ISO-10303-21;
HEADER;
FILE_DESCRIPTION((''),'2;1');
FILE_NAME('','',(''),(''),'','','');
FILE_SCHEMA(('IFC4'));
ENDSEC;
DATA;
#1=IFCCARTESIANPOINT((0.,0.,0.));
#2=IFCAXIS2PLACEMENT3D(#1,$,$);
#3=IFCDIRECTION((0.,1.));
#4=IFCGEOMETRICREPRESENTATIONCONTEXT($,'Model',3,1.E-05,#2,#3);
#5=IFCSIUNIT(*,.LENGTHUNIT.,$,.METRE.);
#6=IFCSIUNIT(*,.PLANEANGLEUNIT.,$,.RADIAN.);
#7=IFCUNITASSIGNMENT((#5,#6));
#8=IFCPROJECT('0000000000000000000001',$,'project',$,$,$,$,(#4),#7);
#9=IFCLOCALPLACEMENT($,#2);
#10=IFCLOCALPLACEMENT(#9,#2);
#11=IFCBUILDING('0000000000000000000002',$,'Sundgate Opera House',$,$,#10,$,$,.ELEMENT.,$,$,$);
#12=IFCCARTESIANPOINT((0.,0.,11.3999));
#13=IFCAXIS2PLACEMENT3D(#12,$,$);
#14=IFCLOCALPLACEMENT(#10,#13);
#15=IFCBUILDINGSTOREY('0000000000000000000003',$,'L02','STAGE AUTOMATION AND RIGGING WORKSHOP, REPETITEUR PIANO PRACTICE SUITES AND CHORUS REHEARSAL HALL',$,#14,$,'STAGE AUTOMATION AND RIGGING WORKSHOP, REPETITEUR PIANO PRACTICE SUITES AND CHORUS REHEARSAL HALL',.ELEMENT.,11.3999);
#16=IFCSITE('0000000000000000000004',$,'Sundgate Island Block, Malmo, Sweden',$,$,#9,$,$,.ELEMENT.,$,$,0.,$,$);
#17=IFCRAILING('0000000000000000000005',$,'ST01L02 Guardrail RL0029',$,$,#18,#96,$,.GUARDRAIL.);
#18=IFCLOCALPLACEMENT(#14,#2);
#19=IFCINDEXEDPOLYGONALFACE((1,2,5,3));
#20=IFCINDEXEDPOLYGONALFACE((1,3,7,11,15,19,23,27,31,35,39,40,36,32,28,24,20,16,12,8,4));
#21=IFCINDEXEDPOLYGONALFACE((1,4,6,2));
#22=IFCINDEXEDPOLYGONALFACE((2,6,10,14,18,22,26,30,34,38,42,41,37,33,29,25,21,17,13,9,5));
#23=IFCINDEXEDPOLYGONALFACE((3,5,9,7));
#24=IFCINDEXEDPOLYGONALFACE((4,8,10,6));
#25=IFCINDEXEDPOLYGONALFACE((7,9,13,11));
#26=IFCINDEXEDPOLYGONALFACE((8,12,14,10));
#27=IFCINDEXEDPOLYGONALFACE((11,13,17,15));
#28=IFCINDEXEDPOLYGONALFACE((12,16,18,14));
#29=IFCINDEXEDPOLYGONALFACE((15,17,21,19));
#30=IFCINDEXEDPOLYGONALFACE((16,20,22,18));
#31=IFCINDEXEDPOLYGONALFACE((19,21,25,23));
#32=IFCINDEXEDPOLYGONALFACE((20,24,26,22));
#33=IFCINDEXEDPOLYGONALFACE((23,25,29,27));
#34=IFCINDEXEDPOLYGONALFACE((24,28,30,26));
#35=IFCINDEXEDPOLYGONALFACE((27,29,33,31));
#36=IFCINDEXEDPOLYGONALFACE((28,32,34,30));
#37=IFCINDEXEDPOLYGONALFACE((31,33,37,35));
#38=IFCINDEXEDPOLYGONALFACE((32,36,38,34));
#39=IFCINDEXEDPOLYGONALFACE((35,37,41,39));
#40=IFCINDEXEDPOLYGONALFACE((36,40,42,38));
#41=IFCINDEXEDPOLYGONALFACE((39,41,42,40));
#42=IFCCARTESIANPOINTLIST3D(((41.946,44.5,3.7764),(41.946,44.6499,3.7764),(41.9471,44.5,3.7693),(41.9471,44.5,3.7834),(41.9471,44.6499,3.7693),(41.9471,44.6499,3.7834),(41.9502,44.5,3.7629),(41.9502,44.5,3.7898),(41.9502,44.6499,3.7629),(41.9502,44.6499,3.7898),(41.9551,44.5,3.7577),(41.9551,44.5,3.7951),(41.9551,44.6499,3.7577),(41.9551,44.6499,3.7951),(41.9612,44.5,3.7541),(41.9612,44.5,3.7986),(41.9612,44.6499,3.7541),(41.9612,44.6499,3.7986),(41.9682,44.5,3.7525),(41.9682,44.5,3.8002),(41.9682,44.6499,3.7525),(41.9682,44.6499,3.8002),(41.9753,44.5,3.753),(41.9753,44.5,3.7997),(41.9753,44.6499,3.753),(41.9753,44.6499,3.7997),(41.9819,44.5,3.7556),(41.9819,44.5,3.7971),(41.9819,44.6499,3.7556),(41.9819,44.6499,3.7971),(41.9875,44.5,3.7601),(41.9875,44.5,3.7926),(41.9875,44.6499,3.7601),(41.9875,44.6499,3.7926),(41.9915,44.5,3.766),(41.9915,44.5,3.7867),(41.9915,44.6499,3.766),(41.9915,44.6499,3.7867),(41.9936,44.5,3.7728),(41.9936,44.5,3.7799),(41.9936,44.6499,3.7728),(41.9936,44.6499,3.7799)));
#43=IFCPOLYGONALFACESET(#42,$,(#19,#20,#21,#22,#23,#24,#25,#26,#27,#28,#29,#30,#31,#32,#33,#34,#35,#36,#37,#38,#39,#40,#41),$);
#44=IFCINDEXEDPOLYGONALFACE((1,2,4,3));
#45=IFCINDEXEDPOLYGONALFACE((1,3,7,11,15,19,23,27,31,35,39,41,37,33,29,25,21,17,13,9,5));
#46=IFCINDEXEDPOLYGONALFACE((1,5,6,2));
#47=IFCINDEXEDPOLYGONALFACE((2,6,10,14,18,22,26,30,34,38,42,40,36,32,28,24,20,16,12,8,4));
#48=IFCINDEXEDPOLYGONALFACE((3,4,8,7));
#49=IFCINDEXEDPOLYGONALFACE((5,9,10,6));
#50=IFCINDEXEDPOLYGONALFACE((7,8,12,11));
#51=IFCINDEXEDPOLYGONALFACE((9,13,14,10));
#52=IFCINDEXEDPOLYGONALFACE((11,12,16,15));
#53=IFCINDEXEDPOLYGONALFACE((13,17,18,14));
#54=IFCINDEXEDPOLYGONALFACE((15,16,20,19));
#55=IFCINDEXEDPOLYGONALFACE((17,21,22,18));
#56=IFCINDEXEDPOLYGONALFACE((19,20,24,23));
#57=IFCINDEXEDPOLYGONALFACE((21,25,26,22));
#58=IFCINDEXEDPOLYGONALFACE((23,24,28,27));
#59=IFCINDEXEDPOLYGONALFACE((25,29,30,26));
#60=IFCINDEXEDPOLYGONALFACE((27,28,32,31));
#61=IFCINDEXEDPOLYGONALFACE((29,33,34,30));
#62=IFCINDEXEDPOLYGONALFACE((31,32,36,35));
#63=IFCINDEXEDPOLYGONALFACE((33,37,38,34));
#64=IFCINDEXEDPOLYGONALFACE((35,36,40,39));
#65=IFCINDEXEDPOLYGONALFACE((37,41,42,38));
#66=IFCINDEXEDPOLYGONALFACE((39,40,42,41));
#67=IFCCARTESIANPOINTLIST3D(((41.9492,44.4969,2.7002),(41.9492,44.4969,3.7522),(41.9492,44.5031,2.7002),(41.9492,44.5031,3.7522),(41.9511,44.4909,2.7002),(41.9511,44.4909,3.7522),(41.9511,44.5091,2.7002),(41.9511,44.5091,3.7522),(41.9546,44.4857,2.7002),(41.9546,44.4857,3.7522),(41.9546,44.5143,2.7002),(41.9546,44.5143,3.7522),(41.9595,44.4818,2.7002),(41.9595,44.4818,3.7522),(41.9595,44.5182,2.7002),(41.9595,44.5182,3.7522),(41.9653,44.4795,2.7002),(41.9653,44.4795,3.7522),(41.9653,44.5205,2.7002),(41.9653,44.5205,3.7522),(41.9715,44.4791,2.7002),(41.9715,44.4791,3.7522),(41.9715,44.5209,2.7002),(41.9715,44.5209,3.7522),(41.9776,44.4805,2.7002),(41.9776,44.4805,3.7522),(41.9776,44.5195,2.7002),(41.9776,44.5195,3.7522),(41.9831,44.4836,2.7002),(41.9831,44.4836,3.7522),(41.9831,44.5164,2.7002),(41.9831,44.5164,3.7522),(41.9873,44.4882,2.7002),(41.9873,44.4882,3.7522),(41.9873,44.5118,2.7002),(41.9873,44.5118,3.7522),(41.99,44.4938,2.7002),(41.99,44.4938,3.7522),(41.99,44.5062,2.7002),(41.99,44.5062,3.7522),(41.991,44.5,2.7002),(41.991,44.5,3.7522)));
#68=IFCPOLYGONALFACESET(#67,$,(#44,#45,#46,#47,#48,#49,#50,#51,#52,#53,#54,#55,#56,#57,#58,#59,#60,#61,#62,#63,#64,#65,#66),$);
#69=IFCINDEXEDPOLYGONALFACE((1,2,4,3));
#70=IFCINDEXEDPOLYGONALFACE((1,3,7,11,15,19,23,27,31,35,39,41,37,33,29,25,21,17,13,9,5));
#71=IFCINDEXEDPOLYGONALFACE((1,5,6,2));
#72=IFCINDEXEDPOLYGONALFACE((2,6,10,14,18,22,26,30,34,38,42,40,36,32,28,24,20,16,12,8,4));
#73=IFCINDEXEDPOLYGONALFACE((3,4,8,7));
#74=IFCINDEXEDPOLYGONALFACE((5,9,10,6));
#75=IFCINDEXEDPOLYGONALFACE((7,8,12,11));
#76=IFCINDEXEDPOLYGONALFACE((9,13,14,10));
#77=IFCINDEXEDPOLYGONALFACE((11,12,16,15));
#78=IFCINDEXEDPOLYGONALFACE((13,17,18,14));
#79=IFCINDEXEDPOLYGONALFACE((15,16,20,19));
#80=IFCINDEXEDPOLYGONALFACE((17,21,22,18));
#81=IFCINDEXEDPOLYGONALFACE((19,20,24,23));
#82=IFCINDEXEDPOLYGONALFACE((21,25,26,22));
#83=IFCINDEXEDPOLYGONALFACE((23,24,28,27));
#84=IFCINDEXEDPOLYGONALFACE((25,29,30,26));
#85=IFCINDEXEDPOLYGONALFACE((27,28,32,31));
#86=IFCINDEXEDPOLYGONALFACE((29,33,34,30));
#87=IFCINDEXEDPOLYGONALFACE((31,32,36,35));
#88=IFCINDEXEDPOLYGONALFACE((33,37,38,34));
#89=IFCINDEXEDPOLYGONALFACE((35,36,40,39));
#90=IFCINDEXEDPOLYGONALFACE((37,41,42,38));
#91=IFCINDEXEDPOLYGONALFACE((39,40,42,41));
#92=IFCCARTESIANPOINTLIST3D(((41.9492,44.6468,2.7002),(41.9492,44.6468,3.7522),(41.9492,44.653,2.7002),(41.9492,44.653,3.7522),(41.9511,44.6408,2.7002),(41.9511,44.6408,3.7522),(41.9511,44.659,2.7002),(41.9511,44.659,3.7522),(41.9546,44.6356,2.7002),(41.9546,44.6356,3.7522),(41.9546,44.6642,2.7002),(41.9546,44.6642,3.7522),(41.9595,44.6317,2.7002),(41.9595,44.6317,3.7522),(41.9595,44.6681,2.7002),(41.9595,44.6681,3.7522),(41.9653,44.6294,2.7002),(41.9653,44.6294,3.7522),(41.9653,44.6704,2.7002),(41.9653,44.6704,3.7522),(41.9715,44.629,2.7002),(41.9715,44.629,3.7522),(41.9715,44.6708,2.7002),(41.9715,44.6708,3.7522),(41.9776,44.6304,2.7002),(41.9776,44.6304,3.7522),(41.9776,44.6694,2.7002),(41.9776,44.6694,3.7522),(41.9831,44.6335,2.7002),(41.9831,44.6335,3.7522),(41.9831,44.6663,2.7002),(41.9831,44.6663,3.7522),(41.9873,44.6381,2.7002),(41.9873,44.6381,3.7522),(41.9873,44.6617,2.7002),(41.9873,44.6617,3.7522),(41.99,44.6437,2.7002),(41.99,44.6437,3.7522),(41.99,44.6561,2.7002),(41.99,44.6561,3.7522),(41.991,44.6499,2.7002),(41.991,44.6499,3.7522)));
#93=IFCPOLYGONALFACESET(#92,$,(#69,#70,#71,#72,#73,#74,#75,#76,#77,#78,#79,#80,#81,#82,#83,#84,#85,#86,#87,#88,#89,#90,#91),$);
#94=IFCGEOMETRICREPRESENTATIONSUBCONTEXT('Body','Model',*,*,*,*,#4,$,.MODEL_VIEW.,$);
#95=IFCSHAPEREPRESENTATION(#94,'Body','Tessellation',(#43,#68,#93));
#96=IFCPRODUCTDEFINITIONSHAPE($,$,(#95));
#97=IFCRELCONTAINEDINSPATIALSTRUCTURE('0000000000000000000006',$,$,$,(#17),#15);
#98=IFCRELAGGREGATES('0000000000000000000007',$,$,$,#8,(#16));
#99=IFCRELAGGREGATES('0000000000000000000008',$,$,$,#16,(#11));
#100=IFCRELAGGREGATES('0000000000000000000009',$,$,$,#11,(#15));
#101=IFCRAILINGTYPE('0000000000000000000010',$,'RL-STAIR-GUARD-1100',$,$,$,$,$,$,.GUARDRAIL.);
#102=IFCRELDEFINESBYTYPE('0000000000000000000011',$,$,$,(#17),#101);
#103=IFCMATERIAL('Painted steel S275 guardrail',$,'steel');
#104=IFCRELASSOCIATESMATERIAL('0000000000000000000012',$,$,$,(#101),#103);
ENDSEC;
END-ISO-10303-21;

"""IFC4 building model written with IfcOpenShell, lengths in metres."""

from ifc_helpers import new_model, si_unit, direction, frame, origin, origin_2d, place, context, subcontext, project, spatial, circle, extrude, material, type_object, element, save


model = new_model("IFC4")

# Units and contexts
model_context = context("Model", 3, precision=1e-05, world=origin(), true_north=direction((0.0, 1.0)))
body_context = subcontext(model_context, "Body", "Model", "MODEL_VIEW")
ifc_project = project(units=[si_unit("LENGTHUNIT", "METRE"), si_unit("PLANEANGLEUNIT", "RADIAN")], contexts=[model_context])

# Site, building, storey
site_placement = place(None, origin())
site = spatial("IfcSite", under=ifc_project, at=site_placement, Name="Sundgate Island Block, Malmo, Sweden", CompositionType="ELEMENT", RefElevation=0.0)
building_placement = place(site_placement, origin())
building = spatial("IfcBuilding", under=site, at=building_placement, Name="Sundgate Opera House", CompositionType="ELEMENT")
storey_placement = place(building_placement, frame((0.0, 0.0, 11.3999)))
storey = spatial("IfcBuildingStorey", under=building, at=storey_placement, Name="L02", Description="STAGE AUTOMATION AND RIGGING WORKSHOP, REPETITEUR PIANO PRACTICE SUITES AND CHORUS REHEARSAL HALL", LongName="STAGE AUTOMATION AND RIGGING WORKSHOP, REPETITEUR PIANO PRACTICE SUITES AND CHORUS REHEARSAL HALL", CompositionType="ELEMENT", Elevation=11.3999)

# Railing
ifc_material_1 = material(Name="Painted steel S275 guardrail", Category="steel")
railing_type_1 = type_object("IfcRailingType", Name="RL-STAIR-GUARD-1100", PredefinedType="GUARDRAIL", material=ifc_material_1)
railing_1_placement = place(storey_placement, frame((41.97, 44.5, 2.7002)))
element("IfcRailing", 1, at=railing_1_placement, inside=storey, type_object=railing_type_1, Name="ST01L02 Guardrail RL0029", PredefinedType="GUARDRAIL", context=body_context, shape_type="SweptSolid", body=[
    extrude(circle(Radius=0.0239, at=origin_2d()), frame((0.0, 0.0, 1.0762), z_axis=(0.0, 1.0, 0.0), x_axis=(-1.0, 0.0, 0.0)), (0.0, 0.0, 1.0), 0.1499),
    extrude(circle(Radius=0.021, at=origin_2d()), origin(), (0.0, 0.0, 1.0), 1.052),
    extrude(circle(Radius=0.021, at=origin_2d()), frame((0.0, 0.1499, 0.0)), (0.0, 0.0, 1.0), 1.052),
])

save(model, "model.ifc")
